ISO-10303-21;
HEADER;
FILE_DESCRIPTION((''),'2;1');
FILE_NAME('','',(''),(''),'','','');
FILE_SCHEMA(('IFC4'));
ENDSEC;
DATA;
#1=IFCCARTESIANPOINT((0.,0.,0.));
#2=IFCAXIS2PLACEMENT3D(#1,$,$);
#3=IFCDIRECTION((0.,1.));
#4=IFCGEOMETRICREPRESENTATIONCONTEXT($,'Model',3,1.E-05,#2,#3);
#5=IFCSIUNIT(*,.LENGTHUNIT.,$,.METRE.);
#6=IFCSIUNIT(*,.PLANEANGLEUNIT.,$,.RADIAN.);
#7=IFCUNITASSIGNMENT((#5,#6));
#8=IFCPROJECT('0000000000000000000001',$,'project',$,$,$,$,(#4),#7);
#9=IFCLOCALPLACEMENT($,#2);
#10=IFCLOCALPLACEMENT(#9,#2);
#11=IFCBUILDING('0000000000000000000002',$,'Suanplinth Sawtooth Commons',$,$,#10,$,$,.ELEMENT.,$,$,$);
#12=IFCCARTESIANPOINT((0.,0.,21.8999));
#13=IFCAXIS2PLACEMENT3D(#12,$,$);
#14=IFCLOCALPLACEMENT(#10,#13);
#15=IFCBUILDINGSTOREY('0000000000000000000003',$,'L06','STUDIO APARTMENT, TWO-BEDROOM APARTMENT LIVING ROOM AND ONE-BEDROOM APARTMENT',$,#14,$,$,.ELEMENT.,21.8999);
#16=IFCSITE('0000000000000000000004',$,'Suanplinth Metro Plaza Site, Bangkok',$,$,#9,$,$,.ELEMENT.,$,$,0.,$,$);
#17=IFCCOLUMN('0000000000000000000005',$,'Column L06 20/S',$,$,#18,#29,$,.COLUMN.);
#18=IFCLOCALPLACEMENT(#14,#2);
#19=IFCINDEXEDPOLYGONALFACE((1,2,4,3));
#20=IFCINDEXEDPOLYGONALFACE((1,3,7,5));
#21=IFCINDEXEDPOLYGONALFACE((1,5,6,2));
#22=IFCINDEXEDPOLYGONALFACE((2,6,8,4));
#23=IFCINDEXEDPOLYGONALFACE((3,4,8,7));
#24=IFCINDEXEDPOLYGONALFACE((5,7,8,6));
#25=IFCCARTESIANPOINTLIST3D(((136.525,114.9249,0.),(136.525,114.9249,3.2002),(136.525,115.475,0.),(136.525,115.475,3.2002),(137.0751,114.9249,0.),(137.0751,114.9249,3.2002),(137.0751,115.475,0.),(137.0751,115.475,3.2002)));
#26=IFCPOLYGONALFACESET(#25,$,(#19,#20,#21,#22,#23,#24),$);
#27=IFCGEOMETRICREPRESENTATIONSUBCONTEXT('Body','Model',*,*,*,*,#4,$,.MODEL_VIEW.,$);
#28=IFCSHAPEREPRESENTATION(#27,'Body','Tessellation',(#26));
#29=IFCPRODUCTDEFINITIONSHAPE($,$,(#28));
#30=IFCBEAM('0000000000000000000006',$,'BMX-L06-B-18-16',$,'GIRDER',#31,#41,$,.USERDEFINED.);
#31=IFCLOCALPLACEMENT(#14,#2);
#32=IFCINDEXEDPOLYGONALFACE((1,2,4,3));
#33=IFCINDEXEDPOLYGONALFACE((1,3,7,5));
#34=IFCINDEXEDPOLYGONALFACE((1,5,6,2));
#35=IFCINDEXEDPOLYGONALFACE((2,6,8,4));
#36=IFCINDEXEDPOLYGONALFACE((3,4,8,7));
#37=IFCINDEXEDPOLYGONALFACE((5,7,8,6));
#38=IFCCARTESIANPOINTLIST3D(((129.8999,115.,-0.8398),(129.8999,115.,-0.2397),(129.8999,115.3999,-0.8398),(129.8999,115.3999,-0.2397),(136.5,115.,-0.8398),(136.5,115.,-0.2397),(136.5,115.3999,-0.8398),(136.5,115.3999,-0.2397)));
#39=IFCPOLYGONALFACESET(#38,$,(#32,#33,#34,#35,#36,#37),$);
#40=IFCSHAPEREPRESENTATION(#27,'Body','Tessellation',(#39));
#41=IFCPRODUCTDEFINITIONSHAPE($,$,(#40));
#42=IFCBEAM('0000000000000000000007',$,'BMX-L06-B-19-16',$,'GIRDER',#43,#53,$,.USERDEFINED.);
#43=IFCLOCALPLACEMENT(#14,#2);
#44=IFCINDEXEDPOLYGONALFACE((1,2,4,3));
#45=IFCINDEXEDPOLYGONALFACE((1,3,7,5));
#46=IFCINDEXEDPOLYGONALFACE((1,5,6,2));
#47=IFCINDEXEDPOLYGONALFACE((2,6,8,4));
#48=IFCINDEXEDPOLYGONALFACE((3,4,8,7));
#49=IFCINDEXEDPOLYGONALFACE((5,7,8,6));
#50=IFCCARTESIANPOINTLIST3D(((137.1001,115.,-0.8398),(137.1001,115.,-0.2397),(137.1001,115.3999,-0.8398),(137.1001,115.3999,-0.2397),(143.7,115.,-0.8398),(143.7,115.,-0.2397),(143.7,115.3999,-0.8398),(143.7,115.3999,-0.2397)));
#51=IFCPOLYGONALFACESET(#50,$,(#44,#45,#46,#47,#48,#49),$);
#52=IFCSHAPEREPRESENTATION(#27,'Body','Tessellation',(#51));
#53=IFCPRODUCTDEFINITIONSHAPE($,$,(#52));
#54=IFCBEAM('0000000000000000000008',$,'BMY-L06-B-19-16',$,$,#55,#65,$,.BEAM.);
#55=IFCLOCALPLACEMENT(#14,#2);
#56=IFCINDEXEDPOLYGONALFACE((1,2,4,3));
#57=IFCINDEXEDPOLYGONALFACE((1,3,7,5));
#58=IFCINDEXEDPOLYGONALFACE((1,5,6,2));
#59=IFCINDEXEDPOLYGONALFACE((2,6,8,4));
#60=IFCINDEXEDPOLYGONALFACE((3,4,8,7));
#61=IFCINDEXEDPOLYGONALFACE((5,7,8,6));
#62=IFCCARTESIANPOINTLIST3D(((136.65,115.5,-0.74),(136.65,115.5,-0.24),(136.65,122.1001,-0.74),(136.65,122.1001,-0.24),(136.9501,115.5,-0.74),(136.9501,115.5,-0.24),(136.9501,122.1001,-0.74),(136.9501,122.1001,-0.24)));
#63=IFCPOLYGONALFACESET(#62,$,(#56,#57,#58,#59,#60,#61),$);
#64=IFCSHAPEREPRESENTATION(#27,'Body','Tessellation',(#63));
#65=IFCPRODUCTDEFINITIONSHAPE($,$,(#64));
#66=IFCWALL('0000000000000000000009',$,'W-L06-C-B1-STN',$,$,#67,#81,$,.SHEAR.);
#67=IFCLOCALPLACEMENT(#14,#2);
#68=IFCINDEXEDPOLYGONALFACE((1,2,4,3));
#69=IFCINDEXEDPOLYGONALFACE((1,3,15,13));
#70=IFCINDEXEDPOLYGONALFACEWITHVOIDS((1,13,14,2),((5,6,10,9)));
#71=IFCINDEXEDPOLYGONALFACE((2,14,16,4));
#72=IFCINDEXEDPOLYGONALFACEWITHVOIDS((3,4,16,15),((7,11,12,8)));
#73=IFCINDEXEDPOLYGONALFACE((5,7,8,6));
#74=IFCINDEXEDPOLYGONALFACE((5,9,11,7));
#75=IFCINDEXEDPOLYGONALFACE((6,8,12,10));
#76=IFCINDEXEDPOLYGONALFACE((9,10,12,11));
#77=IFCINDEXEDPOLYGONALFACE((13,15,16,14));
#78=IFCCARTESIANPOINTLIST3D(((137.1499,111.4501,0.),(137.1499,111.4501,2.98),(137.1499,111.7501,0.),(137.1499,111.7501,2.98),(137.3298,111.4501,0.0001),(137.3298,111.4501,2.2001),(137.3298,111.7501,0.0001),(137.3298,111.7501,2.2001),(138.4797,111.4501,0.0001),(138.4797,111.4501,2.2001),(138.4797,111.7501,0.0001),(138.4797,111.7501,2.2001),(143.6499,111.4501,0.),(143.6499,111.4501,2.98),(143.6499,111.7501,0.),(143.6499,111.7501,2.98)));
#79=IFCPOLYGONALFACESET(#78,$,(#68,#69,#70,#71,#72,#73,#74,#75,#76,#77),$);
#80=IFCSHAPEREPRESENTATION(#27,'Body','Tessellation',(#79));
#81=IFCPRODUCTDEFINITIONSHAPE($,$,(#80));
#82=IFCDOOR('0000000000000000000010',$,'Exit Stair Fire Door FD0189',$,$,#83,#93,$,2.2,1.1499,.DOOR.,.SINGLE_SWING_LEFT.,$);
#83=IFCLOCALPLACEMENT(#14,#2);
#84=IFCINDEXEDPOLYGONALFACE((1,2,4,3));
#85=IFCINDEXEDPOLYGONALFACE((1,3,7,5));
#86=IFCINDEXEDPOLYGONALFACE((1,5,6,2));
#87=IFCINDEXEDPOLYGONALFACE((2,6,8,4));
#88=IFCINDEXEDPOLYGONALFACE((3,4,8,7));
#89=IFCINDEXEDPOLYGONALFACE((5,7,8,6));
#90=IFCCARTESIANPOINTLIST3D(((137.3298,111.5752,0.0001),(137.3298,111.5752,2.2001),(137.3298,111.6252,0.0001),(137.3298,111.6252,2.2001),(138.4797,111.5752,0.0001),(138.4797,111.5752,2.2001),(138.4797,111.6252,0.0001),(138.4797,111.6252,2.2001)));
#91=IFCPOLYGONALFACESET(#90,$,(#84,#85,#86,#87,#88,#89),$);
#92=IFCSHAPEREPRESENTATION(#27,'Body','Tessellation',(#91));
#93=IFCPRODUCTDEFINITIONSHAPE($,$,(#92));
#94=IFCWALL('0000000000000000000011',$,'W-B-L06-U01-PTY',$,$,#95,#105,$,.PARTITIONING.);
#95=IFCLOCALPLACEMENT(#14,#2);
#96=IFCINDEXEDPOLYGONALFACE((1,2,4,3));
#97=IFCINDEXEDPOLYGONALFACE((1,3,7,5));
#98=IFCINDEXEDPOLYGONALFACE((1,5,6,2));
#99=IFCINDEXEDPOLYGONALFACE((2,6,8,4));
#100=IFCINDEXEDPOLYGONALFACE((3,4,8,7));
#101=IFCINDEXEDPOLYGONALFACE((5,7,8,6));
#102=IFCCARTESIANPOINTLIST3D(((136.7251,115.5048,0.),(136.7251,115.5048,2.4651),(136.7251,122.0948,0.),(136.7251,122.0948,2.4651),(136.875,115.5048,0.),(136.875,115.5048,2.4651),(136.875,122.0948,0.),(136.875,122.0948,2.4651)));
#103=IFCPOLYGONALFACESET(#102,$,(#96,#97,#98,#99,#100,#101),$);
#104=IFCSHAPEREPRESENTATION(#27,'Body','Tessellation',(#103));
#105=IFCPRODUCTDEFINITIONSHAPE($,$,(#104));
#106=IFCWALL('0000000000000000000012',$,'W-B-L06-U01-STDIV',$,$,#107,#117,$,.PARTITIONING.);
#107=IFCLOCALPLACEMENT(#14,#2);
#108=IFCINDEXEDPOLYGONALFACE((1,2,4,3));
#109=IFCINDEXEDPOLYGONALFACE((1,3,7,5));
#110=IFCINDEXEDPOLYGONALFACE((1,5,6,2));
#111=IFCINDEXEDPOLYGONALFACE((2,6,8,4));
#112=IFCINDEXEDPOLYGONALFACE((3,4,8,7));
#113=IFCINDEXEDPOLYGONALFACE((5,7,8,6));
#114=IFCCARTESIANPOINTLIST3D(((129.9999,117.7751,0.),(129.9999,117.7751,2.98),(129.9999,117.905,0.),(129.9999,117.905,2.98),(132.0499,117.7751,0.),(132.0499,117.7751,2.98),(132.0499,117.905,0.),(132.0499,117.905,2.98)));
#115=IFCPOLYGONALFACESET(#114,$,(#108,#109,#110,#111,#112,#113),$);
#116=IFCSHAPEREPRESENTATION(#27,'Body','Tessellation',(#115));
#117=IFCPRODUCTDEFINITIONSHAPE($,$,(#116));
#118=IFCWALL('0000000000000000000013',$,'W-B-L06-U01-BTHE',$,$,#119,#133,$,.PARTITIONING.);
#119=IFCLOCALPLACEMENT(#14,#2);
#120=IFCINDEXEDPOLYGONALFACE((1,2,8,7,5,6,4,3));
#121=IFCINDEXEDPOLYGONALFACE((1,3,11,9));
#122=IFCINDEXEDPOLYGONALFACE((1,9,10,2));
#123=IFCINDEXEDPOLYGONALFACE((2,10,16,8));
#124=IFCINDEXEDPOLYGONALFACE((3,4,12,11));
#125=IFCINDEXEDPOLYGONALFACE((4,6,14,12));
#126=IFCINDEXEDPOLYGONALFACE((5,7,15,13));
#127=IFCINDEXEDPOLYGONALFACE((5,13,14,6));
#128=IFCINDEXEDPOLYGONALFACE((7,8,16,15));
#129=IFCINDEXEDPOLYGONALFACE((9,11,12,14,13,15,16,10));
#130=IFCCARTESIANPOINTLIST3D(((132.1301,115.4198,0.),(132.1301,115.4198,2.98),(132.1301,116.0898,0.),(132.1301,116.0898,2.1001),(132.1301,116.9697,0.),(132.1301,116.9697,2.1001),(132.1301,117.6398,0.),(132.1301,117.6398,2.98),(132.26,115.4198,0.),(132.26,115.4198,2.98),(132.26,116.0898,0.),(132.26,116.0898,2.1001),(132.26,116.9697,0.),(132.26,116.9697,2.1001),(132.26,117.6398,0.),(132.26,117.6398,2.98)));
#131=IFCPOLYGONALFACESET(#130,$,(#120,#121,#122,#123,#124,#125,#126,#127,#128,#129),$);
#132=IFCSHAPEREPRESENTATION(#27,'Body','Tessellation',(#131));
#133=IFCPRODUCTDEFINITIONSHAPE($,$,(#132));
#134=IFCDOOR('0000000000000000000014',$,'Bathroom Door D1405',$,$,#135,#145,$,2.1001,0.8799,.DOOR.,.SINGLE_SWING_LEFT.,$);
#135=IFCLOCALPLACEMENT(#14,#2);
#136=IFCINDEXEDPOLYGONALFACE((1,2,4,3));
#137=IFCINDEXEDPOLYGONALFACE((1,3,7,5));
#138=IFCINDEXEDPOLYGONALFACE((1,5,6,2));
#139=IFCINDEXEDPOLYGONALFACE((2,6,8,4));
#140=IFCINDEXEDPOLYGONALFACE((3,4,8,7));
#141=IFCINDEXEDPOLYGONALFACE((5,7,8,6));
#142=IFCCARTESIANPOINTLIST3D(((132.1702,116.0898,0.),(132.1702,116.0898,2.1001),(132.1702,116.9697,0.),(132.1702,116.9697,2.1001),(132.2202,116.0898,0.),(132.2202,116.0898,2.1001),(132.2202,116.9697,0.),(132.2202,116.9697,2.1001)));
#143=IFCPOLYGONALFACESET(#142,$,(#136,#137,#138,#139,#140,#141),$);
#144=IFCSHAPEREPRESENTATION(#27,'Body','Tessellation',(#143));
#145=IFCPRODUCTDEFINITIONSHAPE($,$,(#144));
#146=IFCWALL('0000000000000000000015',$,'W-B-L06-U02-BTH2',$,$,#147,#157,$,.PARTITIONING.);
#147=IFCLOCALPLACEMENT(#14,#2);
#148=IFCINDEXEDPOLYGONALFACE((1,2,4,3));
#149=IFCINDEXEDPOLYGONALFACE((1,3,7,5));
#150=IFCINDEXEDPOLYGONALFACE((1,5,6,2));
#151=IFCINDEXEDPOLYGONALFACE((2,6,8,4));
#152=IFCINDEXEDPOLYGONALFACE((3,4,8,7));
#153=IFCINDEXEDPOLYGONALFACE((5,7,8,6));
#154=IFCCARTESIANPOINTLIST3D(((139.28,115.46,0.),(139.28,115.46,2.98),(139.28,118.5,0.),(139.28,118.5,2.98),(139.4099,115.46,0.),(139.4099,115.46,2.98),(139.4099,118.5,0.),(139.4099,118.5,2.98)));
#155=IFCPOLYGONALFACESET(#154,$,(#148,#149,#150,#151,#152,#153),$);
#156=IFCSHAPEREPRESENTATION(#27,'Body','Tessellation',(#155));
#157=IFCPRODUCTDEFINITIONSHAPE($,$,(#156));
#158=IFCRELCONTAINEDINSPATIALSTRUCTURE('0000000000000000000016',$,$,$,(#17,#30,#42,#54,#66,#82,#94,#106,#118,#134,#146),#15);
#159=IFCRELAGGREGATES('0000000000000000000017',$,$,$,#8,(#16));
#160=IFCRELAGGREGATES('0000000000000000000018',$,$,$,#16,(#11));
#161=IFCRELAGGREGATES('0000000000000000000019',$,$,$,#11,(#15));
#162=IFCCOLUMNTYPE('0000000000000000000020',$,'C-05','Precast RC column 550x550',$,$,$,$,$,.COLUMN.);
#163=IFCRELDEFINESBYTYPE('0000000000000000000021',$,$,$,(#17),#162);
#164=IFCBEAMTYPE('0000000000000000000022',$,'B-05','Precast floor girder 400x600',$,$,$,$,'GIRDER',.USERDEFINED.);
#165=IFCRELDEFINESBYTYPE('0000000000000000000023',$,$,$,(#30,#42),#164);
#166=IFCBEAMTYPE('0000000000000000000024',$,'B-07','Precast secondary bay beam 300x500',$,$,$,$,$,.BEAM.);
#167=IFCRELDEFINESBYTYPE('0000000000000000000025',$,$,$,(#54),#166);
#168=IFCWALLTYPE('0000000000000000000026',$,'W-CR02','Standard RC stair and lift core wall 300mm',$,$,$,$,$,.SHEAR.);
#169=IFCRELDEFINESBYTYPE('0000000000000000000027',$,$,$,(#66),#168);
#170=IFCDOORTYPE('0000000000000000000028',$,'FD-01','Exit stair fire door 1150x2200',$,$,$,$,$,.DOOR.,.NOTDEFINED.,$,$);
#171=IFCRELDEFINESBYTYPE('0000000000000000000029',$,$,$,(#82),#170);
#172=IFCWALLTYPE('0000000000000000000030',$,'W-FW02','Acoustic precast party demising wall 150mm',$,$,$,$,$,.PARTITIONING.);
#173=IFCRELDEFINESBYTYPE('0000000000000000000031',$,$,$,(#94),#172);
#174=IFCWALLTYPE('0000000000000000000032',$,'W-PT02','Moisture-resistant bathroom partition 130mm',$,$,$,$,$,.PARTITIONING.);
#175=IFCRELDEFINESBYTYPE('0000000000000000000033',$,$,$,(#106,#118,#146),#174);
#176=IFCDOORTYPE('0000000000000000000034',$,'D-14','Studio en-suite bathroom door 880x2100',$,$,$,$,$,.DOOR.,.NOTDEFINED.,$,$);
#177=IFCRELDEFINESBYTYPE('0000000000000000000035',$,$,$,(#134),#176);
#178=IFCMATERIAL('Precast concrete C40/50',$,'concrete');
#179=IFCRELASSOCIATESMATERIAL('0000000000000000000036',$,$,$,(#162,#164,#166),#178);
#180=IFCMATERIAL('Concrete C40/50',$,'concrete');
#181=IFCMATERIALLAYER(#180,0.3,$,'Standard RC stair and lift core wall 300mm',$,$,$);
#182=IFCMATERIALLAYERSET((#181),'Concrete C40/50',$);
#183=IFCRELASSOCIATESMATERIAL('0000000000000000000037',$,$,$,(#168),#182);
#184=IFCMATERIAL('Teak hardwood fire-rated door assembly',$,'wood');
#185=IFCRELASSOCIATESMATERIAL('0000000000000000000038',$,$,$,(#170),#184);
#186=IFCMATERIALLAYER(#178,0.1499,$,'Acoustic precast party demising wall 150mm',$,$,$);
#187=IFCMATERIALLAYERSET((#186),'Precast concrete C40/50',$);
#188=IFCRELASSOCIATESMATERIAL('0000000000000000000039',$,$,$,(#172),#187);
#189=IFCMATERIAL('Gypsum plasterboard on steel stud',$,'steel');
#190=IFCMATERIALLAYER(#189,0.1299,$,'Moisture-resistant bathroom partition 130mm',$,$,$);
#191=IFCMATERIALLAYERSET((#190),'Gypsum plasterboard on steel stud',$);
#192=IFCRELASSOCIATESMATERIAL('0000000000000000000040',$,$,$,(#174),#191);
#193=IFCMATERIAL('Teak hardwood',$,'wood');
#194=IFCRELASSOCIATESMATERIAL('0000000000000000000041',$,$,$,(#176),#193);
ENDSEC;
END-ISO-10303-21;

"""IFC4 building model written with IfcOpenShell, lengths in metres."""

from ifc_helpers import new_model, si_unit, direction, frame, frame_2d, origin, origin_2d, place, context, subcontext, project, spatial, rectangle, extrude, material, layer, layer_set, material_profile, profile_set, type_object, element, fill, save


model = new_model("IFC4")

# Units and contexts
model_context = context("Model", 3, precision=1e-05, world=origin(), true_north=direction((0.0, 1.0)))
body_context = subcontext(model_context, "Body", "Model", "MODEL_VIEW")
ifc_project = project(units=[si_unit("LENGTHUNIT", "METRE"), si_unit("PLANEANGLEUNIT", "RADIAN")], contexts=[model_context])

# Site, building, storey
site_placement = place(None, origin())
site = spatial("IfcSite", under=ifc_project, at=site_placement, Name="Suanplinth Metro Plaza Site, Bangkok", CompositionType="ELEMENT", RefElevation=0.0)
building_placement = place(site_placement, origin())
building = spatial("IfcBuilding", under=site, at=building_placement, Name="Suanplinth Sawtooth Commons", CompositionType="ELEMENT")
storey_placement = place(building_placement, frame((0.0, 0.0, 21.8999)))
storey = spatial("IfcBuildingStorey", under=building, at=storey_placement, Name="L06", Description="STUDIO APARTMENT, TWO-BEDROOM APARTMENT LIVING ROOM AND ONE-BEDROOM APARTMENT", CompositionType="ELEMENT", Elevation=21.8999)

# Column
ifc_material_1 = material(Name="Precast concrete C40/50", Category="concrete")
ifc_material_profile_1 = material_profile(ifc_material_1, rectangle(XDim=0.55, YDim=0.55, at=origin_2d()), Name="PC-COL 550x550")
ifc_profile_set_1 = profile_set([ifc_material_profile_1], Name="Precast concrete C40/50")
column_type = type_object("IfcColumnType", Name="C-05", Description="Precast RC column 550x550", PredefinedType="COLUMN", material=ifc_profile_set_1)
column_placement = place(storey_placement, frame((136.8, 115.2, 0.0), z_axis=(0.0, 0.0, 1.0), x_axis=(1.0, 0.0, 0.0)))
element("IfcColumn", 1, at=column_placement, inside=storey, type_object=column_type, Name="Column L06 20/S", PredefinedType="COLUMN", context=body_context, shape_type="SweptSolid", body=[
    extrude(rectangle(XDim=0.55, YDim=0.55, at=origin_2d()), origin(), (0.0, 0.0, 1.0), 3.2002),
])

# Beams
ifc_material_profile_2 = material_profile(ifc_material_1, rectangle(XDim=0.3999, YDim=0.6001, at=origin_2d()), Name="PC-GDR 400x600")
ifc_profile_set_2 = profile_set([ifc_material_profile_2], Name="Precast concrete C40/50")
beam_type_1 = type_object("IfcBeamType", Name="B-05", Description="Precast floor girder 400x600", ElementType="GIRDER", PredefinedType="USERDEFINED", material=ifc_profile_set_2)
beam_1_placement = place(storey_placement, frame((129.8999, 115.2, -0.5398), z_axis=(1.0, 0.0, 0.0), x_axis=(0.0, 1.0, 0.0)))
element("IfcBeam", 2, at=beam_1_placement, inside=storey, type_object=beam_type_1, Name="BMX-L06-B-18-16", ObjectType="GIRDER", PredefinedType="USERDEFINED", context=body_context, shape_type="SweptSolid", body=[
    extrude(rectangle(XDim=0.3999, YDim=0.6001, at=origin_2d()), origin(), (0.0, 0.0, 1.0), 6.6001),
])
beam_2_placement = place(storey_placement, frame((137.1001, 115.2, -0.5398), z_axis=(1.0, 0.0, 0.0), x_axis=(0.0, 1.0, 0.0)))
element("IfcBeam", 3, at=beam_2_placement, inside=storey, type_object=beam_type_1, Name="BMX-L06-B-19-16", ObjectType="GIRDER", PredefinedType="USERDEFINED", context=body_context, shape_type="SweptSolid", body=[
    extrude(rectangle(XDim=0.3999, YDim=0.6001, at=origin_2d()), origin(), (0.0, 0.0, 1.0), 6.5999),
])
ifc_material_profile_3 = material_profile(ifc_material_1, rectangle(XDim=0.3, YDim=0.5, at=origin_2d()), Name="PC-BM 300x500")
ifc_profile_set_3 = profile_set([ifc_material_profile_3], Name="Precast concrete C40/50")
beam_type_2 = type_object("IfcBeamType", Name="B-07", Description="Precast secondary bay beam 300x500", PredefinedType="BEAM", material=ifc_profile_set_3)
beam_3_placement = place(storey_placement, frame((136.8, 115.5, -0.49), z_axis=(0.0, 1.0, 0.0), x_axis=(-1.0, 0.0, 0.0)))
element("IfcBeam", 4, at=beam_3_placement, inside=storey, type_object=beam_type_2, Name="BMY-L06-B-19-16", PredefinedType="BEAM", context=body_context, shape_type="SweptSolid", body=[
    extrude(rectangle(XDim=0.3, YDim=0.5, at=origin_2d()), origin(), (0.0, 0.0, 1.0), 6.6001),
])

# Wall, opening, door
ifc_material_2 = material(Name="Concrete C40/50", Category="concrete")
ifc_layer_1 = layer(ifc_material_2, 0.3, Name="Standard RC stair and lift core wall 300mm")
ifc_layer_set_1 = layer_set([ifc_layer_1], Name="Concrete C40/50")
wall_type_1 = type_object("IfcWallType", Name="W-CR02", Description="Standard RC stair and lift core wall 300mm", PredefinedType="SHEAR", material=ifc_layer_set_1)
wall_1_placement = place(storey_placement, frame((137.1499, 111.6001, 0.0), z_axis=(0.0, 0.0, 1.0), x_axis=(1.0, 0.0, 0.0)))
wall_1 = element("IfcWall", 5, at=wall_1_placement, inside=storey, type_object=wall_type_1, Name="W-L06-C-B1-STN", PredefinedType="SHEAR", context=body_context, shape_type="SweptSolid", body=[
    extrude(rectangle(XDim=6.5, YDim=0.3, at=frame_2d((3.25, 0.0))), origin(), (0.0, 0.0, 1.0), 2.98),
])
opening_1_placement = place(wall_1_placement, frame((0.1799, 0.0, 0.0)))
opening_1 = element("IfcOpeningElement", 6, at=opening_1_placement, cuts=wall_1, PredefinedType="OPENING", context=body_context, shape_type="SweptSolid", body=[
    extrude(rectangle(XDim=1.1499, YDim=2.2, at=frame_2d((0.575, 1.1001))), frame((0.0, 0.165, 0.0), z_axis=(0.0, -1.0, 0.0), x_axis=(1.0, 0.0, 0.0)), (0.0, 0.0, 1.0), 0.3298),
])
ifc_material_3 = material(Name="Teak hardwood fire-rated door assembly", Category="wood")
door_type_1 = type_object("IfcDoorType", Name="FD-01", Description="Exit stair fire door 1150x2200", OperationType="NOTDEFINED", PredefinedType="DOOR", material=ifc_material_3)
door_1_placement = place(opening_1_placement, frame((1.1499, 0.0, 0.0), z_axis=(0.0, 0.0, 1.0), x_axis=(-1.0, 0.0, 0.0)))
door_1 = element("IfcDoor", 7, at=door_1_placement, inside=storey, type_object=door_type_1, Name="Exit Stair Fire Door FD0189", OperationType="SINGLE_SWING_LEFT", OverallHeight=2.2, OverallWidth=1.1499, PredefinedType="DOOR", context=body_context, shape_type="SweptSolid", body=[
    extrude(rectangle(XDim=1.1499, YDim=2.2, at=frame_2d((0.575, 1.1001))), frame((0.0, 0.0249, 0.0), z_axis=(0.0, -1.0, 0.0), x_axis=(1.0, 0.0, 0.0)), (0.0, 0.0, 1.0), 0.05),
])
fill(opening_1, door_1)

# Walls
ifc_layer_2 = layer(ifc_material_1, 0.1499, Name="Acoustic precast party demising wall 150mm")
ifc_layer_set_2 = layer_set([ifc_layer_2], Name="Precast concrete C40/50")
wall_type_2 = type_object("IfcWallType", Name="W-FW02", Description="Acoustic precast party demising wall 150mm", PredefinedType="PARTITIONING", material=ifc_layer_set_2)
wall_2_placement = place(storey_placement, frame((136.8, 115.5049, 0.0), z_axis=(0.0, 0.0, 1.0), x_axis=(0.0, 1.0, 0.0)))
element("IfcWall", 8, at=wall_2_placement, inside=storey, type_object=wall_type_2, Name="W-B-L06-U01-PTY", PredefinedType="PARTITIONING", context=body_context, shape_type="SweptSolid", body=[
    extrude(rectangle(XDim=6.5901, YDim=0.1499, at=frame_2d((3.2949, 0.0))), origin(), (0.0, 0.0, 1.0), 2.4651),
])
ifc_material_4 = material(Name="Gypsum plasterboard on steel stud", Category="steel")
ifc_layer_3 = layer(ifc_material_4, 0.1299, Name="Moisture-resistant bathroom partition 130mm")
ifc_layer_set_3 = layer_set([ifc_layer_3], Name="Gypsum plasterboard on steel stud")
wall_type_3 = type_object("IfcWallType", Name="W-PT02", Description="Moisture-resistant bathroom partition 130mm", PredefinedType="PARTITIONING", material=ifc_layer_set_3)
wall_3_placement = place(storey_placement, frame((130.0, 117.8401, 0.0), z_axis=(0.0, 0.0, 1.0), x_axis=(1.0, 0.0, 0.0)))
element("IfcWall", 9, at=wall_3_placement, inside=storey, type_object=wall_type_3, Name="W-B-L06-U01-STDIV", PredefinedType="PARTITIONING", context=body_context, shape_type="SweptSolid", body=[
    extrude(rectangle(XDim=2.05, YDim=0.1299, at=frame_2d((1.0249, 0.0))), origin(), (0.0, 0.0, 1.0), 2.98),
])

# Wall, opening, door
wall_4_placement = place(storey_placement, frame((132.1951, 115.4199, 0.0), z_axis=(0.0, 0.0, 1.0), x_axis=(0.0, 1.0, 0.0)))
wall_4 = element("IfcWall", 10, at=wall_4_placement, inside=storey, type_object=wall_type_3, Name="W-B-L06-U01-BTHE", PredefinedType="PARTITIONING", context=body_context, shape_type="SweptSolid", body=[
    extrude(rectangle(XDim=2.22, YDim=0.1299, at=frame_2d((1.1099, 0.0))), origin(), (0.0, 0.0, 1.0), 2.98),
])
opening_2_placement = place(wall_4_placement, frame((0.6699, 0.0, 0.0)))
opening_2 = element("IfcOpeningElement", 11, at=opening_2_placement, cuts=wall_4, PredefinedType="OPENING", context=body_context, shape_type="SweptSolid", body=[
    extrude(rectangle(XDim=0.8799, YDim=2.1001, at=frame_2d((0.4399, 1.05))), frame((0.0, 0.0798, 0.0), z_axis=(0.0, -1.0, 0.0), x_axis=(1.0, 0.0, 0.0)), (0.0, 0.0, 1.0), 0.1597),
])
ifc_material_5 = material(Name="Teak hardwood", Category="wood")
door_type_2 = type_object("IfcDoorType", Name="D-14", Description="Studio en-suite bathroom door 880x2100", OperationType="NOTDEFINED", PredefinedType="DOOR", material=ifc_material_5)
door_2_placement = place(opening_2_placement, origin())
door_2 = element("IfcDoor", 12, at=door_2_placement, inside=storey, type_object=door_type_2, Name="Bathroom Door D1405", OperationType="SINGLE_SWING_LEFT", OverallHeight=2.1001, OverallWidth=0.8799, PredefinedType="DOOR", context=body_context, shape_type="SweptSolid", body=[
    extrude(rectangle(XDim=0.8799, YDim=2.1001, at=frame_2d((0.4399, 1.05))), frame((0.0, 0.0249, 0.0), z_axis=(0.0, -1.0, 0.0), x_axis=(1.0, 0.0, 0.0)), (0.0, 0.0, 1.0), 0.05),
])
fill(opening_2, door_2)

# Wall
wall_5_placement = place(storey_placement, frame((139.345, 115.46, 0.0), z_axis=(0.0, 0.0, 1.0), x_axis=(0.0, 1.0, 0.0)))
element("IfcWall", 13, at=wall_5_placement, inside=storey, type_object=wall_type_3, Name="W-B-L06-U02-BTH2", PredefinedType="PARTITIONING", context=body_context, shape_type="SweptSolid", body=[
    extrude(rectangle(XDim=3.04, YDim=0.1299, at=frame_2d((1.52, 0.0))), origin(), (0.0, 0.0, 1.0), 2.98),
])

save(model, "model.ifc")
